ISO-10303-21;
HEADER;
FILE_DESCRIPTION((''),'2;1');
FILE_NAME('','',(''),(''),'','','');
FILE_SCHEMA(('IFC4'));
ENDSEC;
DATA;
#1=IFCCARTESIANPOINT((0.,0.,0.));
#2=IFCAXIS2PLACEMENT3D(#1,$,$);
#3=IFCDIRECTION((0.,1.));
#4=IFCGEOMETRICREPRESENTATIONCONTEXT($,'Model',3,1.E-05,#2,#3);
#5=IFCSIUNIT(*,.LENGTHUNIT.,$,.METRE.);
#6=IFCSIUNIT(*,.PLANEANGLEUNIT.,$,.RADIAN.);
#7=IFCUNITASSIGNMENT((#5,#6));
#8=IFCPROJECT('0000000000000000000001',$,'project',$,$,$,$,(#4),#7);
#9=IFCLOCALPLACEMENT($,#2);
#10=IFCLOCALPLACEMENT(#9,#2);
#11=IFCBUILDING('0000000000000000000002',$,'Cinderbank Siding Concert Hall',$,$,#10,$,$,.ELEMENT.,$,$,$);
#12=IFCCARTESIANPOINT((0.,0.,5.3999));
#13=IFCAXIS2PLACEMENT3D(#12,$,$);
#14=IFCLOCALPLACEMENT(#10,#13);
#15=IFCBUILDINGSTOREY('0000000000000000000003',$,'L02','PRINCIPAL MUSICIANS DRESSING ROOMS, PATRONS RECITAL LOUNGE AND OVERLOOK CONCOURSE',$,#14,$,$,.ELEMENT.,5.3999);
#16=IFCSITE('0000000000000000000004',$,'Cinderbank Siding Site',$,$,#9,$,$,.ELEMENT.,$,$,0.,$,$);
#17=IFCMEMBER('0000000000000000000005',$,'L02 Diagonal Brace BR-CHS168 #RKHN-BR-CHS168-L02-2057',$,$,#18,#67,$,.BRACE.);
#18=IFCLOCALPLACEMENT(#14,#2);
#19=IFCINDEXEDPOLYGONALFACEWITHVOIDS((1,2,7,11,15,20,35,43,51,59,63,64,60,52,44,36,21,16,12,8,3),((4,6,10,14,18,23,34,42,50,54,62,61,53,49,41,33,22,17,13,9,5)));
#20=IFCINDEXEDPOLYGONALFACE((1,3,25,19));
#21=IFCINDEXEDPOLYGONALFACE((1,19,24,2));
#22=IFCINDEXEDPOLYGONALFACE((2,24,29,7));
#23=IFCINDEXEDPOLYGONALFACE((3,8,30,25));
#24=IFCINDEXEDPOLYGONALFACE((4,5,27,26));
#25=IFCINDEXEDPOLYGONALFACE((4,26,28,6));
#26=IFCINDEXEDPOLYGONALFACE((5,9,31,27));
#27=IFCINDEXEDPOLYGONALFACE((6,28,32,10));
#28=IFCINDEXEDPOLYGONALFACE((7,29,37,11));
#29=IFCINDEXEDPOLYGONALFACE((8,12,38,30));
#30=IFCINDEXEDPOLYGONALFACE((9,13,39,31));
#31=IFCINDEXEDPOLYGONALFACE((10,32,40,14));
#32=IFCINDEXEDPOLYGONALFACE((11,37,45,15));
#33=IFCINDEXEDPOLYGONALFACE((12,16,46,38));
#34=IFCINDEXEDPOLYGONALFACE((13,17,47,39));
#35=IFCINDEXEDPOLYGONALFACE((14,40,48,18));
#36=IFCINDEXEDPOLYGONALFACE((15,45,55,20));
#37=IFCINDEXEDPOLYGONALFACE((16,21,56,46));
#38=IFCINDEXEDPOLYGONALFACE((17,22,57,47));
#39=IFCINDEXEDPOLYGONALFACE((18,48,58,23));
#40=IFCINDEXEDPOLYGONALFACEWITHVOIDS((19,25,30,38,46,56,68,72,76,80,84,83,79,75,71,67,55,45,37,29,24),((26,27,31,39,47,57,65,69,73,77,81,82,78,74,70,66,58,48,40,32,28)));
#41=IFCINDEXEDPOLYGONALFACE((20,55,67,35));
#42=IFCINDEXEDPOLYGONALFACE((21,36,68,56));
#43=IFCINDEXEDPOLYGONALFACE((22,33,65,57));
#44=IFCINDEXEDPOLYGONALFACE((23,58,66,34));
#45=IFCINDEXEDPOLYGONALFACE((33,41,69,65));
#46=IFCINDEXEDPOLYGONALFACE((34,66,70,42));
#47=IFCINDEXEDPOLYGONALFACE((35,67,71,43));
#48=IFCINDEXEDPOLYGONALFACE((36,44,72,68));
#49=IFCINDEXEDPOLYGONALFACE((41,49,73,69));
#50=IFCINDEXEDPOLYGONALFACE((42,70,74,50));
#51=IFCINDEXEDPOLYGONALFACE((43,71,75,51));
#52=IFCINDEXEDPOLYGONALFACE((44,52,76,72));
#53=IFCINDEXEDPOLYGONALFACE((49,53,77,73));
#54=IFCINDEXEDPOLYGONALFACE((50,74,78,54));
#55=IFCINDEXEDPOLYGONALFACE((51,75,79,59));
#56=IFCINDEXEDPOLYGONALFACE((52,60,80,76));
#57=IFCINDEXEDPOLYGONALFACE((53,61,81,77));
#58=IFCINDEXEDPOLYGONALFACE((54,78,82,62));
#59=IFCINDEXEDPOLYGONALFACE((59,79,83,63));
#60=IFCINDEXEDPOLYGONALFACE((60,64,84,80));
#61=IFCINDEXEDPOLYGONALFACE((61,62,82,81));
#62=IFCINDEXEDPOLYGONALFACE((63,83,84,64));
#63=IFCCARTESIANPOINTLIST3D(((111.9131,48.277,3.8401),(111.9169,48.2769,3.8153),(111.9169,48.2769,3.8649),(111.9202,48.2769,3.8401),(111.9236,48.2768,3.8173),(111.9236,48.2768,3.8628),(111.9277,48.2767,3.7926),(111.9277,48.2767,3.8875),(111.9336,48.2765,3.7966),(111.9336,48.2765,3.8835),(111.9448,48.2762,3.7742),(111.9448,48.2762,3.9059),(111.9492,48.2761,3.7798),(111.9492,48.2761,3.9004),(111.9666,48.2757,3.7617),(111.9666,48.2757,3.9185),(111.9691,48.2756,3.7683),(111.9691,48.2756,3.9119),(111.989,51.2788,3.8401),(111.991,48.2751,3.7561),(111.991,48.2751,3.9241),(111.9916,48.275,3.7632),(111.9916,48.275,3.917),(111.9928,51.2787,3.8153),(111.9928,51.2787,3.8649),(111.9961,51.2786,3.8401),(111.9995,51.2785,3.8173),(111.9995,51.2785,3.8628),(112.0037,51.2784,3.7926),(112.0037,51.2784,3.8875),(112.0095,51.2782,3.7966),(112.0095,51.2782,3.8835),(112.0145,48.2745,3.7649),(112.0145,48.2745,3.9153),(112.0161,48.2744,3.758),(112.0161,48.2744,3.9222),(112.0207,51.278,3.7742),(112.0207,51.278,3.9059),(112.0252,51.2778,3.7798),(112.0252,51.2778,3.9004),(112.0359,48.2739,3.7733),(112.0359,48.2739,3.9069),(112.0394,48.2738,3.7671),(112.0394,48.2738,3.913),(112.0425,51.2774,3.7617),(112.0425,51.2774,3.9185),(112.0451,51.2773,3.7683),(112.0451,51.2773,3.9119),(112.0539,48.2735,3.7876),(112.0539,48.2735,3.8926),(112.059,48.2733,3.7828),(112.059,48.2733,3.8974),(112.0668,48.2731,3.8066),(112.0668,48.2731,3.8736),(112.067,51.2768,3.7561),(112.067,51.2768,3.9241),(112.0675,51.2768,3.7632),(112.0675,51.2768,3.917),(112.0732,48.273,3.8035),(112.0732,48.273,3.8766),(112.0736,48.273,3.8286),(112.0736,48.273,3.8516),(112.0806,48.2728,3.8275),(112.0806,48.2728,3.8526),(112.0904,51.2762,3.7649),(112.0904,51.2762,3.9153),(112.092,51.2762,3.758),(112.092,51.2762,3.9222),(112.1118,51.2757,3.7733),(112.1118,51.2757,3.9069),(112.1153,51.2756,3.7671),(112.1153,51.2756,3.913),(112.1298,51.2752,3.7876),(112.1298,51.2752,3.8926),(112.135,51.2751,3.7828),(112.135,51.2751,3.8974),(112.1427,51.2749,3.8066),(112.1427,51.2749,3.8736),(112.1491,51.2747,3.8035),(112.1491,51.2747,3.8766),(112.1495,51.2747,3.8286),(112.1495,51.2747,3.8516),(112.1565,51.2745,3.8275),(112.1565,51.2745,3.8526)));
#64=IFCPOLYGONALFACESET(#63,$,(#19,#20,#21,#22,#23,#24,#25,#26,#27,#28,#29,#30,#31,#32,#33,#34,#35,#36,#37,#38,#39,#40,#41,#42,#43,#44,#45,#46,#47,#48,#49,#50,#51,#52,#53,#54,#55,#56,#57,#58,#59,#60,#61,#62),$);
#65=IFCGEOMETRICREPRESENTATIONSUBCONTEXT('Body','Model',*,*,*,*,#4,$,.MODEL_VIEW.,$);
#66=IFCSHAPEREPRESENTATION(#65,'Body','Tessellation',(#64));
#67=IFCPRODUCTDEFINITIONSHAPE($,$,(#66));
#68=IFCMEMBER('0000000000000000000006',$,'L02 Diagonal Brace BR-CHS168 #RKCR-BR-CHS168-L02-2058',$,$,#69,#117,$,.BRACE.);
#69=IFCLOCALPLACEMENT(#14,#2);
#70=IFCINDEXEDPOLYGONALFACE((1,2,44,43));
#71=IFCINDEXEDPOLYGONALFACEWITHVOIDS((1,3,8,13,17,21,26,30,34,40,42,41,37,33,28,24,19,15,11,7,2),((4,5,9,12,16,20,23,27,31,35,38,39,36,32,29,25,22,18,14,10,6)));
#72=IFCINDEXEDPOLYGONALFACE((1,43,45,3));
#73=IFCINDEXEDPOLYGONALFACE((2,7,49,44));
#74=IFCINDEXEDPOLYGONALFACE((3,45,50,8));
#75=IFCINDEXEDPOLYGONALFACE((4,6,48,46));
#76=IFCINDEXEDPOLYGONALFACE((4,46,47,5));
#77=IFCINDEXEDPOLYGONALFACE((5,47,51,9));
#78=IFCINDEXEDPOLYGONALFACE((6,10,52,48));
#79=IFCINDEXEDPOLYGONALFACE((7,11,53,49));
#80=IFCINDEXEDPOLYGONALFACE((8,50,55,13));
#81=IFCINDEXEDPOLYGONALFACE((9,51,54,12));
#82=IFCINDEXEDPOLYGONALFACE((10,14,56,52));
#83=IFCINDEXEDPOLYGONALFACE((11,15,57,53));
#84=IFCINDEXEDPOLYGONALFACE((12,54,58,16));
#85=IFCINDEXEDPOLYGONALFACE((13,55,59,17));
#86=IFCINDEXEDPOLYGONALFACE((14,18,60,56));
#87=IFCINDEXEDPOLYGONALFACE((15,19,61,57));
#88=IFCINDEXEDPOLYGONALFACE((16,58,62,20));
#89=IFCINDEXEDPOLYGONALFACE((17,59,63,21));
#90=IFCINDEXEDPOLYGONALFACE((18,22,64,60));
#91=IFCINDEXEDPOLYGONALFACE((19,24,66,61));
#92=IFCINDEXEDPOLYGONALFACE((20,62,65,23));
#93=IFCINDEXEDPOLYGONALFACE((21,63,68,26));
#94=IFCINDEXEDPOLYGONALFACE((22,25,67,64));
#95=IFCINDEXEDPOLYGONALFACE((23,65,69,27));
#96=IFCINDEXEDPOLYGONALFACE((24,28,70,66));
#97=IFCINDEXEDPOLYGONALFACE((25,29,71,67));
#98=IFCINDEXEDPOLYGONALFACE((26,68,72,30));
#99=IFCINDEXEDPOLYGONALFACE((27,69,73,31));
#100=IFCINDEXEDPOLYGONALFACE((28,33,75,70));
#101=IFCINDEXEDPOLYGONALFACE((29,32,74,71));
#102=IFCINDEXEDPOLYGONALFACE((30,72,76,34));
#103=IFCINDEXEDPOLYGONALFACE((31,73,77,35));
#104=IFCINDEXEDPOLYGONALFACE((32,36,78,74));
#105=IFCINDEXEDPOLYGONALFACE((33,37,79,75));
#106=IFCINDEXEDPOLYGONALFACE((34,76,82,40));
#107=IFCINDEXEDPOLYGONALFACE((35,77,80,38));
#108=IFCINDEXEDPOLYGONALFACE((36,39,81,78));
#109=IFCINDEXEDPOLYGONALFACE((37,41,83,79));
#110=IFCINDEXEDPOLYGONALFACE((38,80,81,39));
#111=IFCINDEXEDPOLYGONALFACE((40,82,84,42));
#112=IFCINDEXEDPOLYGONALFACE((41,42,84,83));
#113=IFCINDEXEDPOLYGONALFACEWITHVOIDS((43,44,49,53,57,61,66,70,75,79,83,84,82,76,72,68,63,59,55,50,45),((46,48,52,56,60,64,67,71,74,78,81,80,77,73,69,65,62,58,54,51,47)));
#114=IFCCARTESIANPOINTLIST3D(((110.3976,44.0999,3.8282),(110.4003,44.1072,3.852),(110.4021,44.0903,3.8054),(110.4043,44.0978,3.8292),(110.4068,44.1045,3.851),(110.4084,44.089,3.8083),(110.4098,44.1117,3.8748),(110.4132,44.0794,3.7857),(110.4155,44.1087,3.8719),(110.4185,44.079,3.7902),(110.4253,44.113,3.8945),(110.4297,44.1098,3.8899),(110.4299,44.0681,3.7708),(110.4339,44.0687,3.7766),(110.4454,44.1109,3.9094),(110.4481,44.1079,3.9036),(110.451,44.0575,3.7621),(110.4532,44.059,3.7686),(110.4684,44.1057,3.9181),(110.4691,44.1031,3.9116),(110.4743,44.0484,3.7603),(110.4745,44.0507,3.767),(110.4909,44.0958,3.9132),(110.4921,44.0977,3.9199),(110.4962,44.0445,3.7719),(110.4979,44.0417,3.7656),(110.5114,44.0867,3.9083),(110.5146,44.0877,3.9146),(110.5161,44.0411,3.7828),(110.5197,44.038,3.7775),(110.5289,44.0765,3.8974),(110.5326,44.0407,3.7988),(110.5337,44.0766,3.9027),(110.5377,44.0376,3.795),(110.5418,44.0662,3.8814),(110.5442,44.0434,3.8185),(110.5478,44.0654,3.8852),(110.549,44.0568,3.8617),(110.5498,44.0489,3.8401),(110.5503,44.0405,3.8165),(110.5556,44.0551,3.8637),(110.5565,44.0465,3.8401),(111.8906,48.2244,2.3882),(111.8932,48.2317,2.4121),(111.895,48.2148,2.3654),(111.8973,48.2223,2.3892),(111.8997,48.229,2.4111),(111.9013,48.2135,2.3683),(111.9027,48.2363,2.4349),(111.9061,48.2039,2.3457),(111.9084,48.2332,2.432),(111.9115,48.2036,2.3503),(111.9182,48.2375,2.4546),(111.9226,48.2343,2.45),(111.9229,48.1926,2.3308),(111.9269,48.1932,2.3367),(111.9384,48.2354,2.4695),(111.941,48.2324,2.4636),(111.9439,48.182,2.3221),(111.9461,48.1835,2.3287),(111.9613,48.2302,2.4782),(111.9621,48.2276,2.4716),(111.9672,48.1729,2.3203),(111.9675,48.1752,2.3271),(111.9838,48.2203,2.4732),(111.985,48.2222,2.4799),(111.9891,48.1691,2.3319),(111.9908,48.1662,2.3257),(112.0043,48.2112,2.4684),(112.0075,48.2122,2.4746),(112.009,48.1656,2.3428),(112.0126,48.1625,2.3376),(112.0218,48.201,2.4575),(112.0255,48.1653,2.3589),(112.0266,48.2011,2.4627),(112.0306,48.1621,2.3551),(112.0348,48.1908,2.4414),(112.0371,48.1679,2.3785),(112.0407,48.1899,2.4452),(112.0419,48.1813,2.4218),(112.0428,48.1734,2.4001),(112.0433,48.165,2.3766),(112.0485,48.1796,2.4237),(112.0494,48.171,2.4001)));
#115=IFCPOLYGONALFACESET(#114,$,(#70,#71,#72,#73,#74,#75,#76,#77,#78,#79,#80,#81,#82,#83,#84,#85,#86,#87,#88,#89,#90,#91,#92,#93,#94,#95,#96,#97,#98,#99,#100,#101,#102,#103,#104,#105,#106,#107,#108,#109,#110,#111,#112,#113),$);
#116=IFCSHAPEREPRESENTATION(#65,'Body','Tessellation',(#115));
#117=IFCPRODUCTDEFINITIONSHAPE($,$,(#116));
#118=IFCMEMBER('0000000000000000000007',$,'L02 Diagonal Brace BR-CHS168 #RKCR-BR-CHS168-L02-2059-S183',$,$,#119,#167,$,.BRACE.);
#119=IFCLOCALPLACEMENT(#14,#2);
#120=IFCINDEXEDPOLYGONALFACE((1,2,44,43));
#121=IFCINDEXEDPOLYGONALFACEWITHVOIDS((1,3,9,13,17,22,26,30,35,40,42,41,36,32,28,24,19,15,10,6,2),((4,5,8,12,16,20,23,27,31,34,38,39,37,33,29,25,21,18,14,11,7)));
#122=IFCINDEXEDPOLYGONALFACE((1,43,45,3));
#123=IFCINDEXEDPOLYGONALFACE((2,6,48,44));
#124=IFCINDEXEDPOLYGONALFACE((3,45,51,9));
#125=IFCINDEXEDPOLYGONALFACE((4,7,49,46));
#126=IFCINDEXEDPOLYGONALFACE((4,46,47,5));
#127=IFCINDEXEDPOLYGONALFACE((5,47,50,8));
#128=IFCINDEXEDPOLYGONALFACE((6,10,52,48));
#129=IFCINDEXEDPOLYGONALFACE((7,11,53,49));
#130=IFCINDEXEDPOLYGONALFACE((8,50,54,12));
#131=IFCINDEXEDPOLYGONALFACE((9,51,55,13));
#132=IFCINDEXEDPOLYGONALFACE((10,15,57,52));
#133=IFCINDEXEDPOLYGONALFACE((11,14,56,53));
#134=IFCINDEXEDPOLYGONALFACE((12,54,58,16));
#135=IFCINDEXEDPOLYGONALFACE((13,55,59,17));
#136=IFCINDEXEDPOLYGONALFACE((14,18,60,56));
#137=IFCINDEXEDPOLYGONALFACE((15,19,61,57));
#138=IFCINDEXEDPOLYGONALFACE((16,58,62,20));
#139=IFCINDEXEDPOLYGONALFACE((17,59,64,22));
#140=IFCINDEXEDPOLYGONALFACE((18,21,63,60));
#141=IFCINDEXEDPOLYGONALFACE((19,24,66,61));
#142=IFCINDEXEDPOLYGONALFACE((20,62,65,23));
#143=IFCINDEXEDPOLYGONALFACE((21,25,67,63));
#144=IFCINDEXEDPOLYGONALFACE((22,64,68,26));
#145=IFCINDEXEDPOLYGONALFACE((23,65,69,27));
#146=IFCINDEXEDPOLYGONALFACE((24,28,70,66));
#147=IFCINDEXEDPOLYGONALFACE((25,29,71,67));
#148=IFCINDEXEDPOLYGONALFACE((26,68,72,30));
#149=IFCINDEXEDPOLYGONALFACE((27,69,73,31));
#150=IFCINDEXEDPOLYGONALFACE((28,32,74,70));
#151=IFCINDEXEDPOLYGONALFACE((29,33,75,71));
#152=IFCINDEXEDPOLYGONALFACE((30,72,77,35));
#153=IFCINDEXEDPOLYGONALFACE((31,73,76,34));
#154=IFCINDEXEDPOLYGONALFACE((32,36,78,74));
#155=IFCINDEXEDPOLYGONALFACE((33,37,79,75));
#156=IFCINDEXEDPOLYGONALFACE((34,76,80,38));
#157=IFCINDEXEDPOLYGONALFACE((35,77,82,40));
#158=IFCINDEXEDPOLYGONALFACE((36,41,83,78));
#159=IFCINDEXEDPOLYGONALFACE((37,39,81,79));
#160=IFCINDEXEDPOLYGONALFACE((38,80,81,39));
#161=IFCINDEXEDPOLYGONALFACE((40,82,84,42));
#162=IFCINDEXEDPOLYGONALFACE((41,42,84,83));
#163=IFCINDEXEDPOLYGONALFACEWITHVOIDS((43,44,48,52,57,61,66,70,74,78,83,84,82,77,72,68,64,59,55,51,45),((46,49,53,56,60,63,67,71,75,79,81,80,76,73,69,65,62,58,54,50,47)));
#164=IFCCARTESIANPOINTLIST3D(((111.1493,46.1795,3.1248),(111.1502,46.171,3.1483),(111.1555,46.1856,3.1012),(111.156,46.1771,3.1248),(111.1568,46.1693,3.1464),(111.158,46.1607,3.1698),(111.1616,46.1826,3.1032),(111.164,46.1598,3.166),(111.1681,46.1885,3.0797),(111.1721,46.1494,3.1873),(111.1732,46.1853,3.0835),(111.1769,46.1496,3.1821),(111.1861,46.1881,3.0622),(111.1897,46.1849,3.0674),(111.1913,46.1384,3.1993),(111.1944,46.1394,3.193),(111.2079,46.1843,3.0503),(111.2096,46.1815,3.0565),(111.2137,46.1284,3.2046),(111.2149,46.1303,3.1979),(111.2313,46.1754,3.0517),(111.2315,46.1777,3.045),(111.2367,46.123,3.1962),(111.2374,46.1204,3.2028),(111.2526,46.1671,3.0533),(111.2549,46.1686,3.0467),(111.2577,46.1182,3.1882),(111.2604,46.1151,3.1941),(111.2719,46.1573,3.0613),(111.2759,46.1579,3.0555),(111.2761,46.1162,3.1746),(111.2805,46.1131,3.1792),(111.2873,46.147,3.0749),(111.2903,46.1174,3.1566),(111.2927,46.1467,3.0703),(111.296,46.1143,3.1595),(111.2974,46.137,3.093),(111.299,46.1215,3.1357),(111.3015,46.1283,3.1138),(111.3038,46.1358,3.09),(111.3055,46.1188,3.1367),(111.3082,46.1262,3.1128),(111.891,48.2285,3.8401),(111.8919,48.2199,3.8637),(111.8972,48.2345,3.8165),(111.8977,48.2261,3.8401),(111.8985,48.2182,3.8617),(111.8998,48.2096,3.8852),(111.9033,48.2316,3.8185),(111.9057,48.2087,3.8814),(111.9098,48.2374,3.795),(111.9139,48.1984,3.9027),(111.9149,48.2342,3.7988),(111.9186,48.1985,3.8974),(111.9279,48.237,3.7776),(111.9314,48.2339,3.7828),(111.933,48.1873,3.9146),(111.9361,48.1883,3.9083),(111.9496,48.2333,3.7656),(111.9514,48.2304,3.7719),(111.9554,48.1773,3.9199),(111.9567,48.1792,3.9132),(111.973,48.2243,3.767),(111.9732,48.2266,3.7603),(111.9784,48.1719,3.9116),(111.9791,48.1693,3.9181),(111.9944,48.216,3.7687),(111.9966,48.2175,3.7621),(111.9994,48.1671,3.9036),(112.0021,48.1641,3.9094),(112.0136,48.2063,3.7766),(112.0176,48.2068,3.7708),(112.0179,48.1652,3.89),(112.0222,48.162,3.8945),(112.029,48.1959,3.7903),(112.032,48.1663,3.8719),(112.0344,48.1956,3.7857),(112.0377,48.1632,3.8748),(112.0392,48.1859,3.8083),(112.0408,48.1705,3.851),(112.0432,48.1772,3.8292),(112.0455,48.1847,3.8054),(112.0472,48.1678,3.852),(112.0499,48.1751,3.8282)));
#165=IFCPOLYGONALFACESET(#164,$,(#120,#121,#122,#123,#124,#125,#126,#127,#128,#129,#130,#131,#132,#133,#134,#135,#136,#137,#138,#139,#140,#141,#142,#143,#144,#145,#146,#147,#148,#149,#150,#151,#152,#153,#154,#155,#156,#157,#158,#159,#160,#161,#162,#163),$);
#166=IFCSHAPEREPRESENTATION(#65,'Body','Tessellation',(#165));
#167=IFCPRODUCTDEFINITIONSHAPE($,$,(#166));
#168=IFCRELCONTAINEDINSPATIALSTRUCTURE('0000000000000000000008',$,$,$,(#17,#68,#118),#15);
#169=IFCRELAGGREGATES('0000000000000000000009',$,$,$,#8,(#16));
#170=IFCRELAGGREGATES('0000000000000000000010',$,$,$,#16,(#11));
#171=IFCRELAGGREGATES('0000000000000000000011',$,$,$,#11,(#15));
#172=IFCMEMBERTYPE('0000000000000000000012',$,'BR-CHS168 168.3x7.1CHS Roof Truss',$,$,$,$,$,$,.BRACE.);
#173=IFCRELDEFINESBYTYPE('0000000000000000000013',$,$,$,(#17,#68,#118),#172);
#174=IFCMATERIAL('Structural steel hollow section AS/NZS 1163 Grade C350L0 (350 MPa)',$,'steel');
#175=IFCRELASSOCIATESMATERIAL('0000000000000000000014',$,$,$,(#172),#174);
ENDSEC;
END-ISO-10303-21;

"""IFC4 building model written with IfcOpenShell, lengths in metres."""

from ifc_helpers import new_model, si_unit, direction, frame, origin, origin_2d, place, context, subcontext, project, spatial, hollow_circle, extrude, material, material_profile, profile_set, type_object, element, save


model = new_model("IFC4")

# Units and contexts
model_context = context("Model", 3, precision=1e-05, world=origin(), true_north=direction((0.0, 1.0)))
body_context = subcontext(model_context, "Body", "Model", "MODEL_VIEW")
ifc_project = project(units=[si_unit("LENGTHUNIT", "METRE"), si_unit("PLANEANGLEUNIT", "RADIAN")], contexts=[model_context])

# Site, building, storey
site_placement = place(None, origin())
site = spatial("IfcSite", under=ifc_project, at=site_placement, Name="Cinderbank Siding Site", CompositionType="ELEMENT", RefElevation=0.0)
building_placement = place(site_placement, origin())
building = spatial("IfcBuilding", under=site, at=building_placement, Name="Cinderbank Siding Concert Hall", CompositionType="ELEMENT")
storey_placement = place(building_placement, frame((0.0, 0.0, 5.3999)))
storey = spatial("IfcBuildingStorey", under=building, at=storey_placement, Name="L02", Description="PRINCIPAL MUSICIANS DRESSING ROOMS, PATRONS RECITAL LOUNGE AND OVERLOOK CONCOURSE", CompositionType="ELEMENT", Elevation=5.3999)

# Shared definitions
ifc_material_1 = material(Name="Structural steel hollow section AS/NZS 1163 Grade C350L0 (350 MPa)", Category="steel")

# Members
ifc_material_profile_1 = material_profile(ifc_material_1, hollow_circle(Radius=0.0842, WallThickness=0.0071, at=origin_2d()), Name="168.3x7.1CHS", Category="LoadBearing")
ifc_profile_set_1 = profile_set([ifc_material_profile_1], Name="Structural steel hollow section AS/NZS 1163 Grade C350L0 (350 MPa)")
member_type_1 = type_object("IfcMemberType", Name="BR-CHS168 168.3x7.1CHS Roof Truss", PredefinedType="BRACE", material=ifc_profile_set_1)
member_1_placement = place(storey_placement, frame((111.9973, 48.2749, 3.8401), z_axis=(0.025287, 0.99968, 0.0), x_axis=(-0.99968, 0.025287, 0.0)))
element("IfcMember", 1, at=member_1_placement, inside=storey, type_object=member_type_1, Name="L02 Diagonal Brace BR-CHS168 #RKHN-BR-CHS168-L02-2057", PredefinedType="BRACE", context=body_context, shape_type="SweptSolid", body=[
    extrude(hollow_circle(Radius=0.0842, WallThickness=0.0071, at=origin_2d()), origin(), (0.0, 0.0, 1.0), 3.0027),
])
member_2_placement = place(storey_placement, frame((111.9702, 48.1997, 2.4001), z_axis=(-0.323374, -0.893391, 0.311899), x_axis=(0.940298, -0.340353, 0.0)))
element("IfcMember", 2, at=member_2_placement, inside=storey, type_object=member_type_1, Name="L02 Diagonal Brace BR-CHS168 #RKCR-BR-CHS168-L02-2058", PredefinedType="BRACE", context=body_context, shape_type="SweptSolid", body=[
    extrude(hollow_circle(Radius=0.0842, WallThickness=0.0071, at=origin_2d()), origin(), (0.0, 0.0, 1.0), 4.6167),
])
for number, where, z_axis, x_axis, name in (
    (3, (111.2285, 46.1509, 3.1248), (0.323411, 0.893373, 0.311914), (-0.940283, 0.340393, 0.0), "L02 Diagonal Brace BR-CHS168 #RKCR-BR-CHS168-L02-2059-S183"),
):
    element("IfcMember", number, at=place(storey_placement, frame(where, z_axis=z_axis, x_axis=x_axis)), inside=storey, type_object=member_type_1, Name=name, PredefinedType="BRACE", context=body_context, shape_type="SweptSolid", body=[
        extrude(hollow_circle(Radius=0.0842, WallThickness=0.0071, at=origin_2d()), origin(), (0.0, 0.0, 1.0), 2.2935),
    ])

save(model, "model.ifc")
